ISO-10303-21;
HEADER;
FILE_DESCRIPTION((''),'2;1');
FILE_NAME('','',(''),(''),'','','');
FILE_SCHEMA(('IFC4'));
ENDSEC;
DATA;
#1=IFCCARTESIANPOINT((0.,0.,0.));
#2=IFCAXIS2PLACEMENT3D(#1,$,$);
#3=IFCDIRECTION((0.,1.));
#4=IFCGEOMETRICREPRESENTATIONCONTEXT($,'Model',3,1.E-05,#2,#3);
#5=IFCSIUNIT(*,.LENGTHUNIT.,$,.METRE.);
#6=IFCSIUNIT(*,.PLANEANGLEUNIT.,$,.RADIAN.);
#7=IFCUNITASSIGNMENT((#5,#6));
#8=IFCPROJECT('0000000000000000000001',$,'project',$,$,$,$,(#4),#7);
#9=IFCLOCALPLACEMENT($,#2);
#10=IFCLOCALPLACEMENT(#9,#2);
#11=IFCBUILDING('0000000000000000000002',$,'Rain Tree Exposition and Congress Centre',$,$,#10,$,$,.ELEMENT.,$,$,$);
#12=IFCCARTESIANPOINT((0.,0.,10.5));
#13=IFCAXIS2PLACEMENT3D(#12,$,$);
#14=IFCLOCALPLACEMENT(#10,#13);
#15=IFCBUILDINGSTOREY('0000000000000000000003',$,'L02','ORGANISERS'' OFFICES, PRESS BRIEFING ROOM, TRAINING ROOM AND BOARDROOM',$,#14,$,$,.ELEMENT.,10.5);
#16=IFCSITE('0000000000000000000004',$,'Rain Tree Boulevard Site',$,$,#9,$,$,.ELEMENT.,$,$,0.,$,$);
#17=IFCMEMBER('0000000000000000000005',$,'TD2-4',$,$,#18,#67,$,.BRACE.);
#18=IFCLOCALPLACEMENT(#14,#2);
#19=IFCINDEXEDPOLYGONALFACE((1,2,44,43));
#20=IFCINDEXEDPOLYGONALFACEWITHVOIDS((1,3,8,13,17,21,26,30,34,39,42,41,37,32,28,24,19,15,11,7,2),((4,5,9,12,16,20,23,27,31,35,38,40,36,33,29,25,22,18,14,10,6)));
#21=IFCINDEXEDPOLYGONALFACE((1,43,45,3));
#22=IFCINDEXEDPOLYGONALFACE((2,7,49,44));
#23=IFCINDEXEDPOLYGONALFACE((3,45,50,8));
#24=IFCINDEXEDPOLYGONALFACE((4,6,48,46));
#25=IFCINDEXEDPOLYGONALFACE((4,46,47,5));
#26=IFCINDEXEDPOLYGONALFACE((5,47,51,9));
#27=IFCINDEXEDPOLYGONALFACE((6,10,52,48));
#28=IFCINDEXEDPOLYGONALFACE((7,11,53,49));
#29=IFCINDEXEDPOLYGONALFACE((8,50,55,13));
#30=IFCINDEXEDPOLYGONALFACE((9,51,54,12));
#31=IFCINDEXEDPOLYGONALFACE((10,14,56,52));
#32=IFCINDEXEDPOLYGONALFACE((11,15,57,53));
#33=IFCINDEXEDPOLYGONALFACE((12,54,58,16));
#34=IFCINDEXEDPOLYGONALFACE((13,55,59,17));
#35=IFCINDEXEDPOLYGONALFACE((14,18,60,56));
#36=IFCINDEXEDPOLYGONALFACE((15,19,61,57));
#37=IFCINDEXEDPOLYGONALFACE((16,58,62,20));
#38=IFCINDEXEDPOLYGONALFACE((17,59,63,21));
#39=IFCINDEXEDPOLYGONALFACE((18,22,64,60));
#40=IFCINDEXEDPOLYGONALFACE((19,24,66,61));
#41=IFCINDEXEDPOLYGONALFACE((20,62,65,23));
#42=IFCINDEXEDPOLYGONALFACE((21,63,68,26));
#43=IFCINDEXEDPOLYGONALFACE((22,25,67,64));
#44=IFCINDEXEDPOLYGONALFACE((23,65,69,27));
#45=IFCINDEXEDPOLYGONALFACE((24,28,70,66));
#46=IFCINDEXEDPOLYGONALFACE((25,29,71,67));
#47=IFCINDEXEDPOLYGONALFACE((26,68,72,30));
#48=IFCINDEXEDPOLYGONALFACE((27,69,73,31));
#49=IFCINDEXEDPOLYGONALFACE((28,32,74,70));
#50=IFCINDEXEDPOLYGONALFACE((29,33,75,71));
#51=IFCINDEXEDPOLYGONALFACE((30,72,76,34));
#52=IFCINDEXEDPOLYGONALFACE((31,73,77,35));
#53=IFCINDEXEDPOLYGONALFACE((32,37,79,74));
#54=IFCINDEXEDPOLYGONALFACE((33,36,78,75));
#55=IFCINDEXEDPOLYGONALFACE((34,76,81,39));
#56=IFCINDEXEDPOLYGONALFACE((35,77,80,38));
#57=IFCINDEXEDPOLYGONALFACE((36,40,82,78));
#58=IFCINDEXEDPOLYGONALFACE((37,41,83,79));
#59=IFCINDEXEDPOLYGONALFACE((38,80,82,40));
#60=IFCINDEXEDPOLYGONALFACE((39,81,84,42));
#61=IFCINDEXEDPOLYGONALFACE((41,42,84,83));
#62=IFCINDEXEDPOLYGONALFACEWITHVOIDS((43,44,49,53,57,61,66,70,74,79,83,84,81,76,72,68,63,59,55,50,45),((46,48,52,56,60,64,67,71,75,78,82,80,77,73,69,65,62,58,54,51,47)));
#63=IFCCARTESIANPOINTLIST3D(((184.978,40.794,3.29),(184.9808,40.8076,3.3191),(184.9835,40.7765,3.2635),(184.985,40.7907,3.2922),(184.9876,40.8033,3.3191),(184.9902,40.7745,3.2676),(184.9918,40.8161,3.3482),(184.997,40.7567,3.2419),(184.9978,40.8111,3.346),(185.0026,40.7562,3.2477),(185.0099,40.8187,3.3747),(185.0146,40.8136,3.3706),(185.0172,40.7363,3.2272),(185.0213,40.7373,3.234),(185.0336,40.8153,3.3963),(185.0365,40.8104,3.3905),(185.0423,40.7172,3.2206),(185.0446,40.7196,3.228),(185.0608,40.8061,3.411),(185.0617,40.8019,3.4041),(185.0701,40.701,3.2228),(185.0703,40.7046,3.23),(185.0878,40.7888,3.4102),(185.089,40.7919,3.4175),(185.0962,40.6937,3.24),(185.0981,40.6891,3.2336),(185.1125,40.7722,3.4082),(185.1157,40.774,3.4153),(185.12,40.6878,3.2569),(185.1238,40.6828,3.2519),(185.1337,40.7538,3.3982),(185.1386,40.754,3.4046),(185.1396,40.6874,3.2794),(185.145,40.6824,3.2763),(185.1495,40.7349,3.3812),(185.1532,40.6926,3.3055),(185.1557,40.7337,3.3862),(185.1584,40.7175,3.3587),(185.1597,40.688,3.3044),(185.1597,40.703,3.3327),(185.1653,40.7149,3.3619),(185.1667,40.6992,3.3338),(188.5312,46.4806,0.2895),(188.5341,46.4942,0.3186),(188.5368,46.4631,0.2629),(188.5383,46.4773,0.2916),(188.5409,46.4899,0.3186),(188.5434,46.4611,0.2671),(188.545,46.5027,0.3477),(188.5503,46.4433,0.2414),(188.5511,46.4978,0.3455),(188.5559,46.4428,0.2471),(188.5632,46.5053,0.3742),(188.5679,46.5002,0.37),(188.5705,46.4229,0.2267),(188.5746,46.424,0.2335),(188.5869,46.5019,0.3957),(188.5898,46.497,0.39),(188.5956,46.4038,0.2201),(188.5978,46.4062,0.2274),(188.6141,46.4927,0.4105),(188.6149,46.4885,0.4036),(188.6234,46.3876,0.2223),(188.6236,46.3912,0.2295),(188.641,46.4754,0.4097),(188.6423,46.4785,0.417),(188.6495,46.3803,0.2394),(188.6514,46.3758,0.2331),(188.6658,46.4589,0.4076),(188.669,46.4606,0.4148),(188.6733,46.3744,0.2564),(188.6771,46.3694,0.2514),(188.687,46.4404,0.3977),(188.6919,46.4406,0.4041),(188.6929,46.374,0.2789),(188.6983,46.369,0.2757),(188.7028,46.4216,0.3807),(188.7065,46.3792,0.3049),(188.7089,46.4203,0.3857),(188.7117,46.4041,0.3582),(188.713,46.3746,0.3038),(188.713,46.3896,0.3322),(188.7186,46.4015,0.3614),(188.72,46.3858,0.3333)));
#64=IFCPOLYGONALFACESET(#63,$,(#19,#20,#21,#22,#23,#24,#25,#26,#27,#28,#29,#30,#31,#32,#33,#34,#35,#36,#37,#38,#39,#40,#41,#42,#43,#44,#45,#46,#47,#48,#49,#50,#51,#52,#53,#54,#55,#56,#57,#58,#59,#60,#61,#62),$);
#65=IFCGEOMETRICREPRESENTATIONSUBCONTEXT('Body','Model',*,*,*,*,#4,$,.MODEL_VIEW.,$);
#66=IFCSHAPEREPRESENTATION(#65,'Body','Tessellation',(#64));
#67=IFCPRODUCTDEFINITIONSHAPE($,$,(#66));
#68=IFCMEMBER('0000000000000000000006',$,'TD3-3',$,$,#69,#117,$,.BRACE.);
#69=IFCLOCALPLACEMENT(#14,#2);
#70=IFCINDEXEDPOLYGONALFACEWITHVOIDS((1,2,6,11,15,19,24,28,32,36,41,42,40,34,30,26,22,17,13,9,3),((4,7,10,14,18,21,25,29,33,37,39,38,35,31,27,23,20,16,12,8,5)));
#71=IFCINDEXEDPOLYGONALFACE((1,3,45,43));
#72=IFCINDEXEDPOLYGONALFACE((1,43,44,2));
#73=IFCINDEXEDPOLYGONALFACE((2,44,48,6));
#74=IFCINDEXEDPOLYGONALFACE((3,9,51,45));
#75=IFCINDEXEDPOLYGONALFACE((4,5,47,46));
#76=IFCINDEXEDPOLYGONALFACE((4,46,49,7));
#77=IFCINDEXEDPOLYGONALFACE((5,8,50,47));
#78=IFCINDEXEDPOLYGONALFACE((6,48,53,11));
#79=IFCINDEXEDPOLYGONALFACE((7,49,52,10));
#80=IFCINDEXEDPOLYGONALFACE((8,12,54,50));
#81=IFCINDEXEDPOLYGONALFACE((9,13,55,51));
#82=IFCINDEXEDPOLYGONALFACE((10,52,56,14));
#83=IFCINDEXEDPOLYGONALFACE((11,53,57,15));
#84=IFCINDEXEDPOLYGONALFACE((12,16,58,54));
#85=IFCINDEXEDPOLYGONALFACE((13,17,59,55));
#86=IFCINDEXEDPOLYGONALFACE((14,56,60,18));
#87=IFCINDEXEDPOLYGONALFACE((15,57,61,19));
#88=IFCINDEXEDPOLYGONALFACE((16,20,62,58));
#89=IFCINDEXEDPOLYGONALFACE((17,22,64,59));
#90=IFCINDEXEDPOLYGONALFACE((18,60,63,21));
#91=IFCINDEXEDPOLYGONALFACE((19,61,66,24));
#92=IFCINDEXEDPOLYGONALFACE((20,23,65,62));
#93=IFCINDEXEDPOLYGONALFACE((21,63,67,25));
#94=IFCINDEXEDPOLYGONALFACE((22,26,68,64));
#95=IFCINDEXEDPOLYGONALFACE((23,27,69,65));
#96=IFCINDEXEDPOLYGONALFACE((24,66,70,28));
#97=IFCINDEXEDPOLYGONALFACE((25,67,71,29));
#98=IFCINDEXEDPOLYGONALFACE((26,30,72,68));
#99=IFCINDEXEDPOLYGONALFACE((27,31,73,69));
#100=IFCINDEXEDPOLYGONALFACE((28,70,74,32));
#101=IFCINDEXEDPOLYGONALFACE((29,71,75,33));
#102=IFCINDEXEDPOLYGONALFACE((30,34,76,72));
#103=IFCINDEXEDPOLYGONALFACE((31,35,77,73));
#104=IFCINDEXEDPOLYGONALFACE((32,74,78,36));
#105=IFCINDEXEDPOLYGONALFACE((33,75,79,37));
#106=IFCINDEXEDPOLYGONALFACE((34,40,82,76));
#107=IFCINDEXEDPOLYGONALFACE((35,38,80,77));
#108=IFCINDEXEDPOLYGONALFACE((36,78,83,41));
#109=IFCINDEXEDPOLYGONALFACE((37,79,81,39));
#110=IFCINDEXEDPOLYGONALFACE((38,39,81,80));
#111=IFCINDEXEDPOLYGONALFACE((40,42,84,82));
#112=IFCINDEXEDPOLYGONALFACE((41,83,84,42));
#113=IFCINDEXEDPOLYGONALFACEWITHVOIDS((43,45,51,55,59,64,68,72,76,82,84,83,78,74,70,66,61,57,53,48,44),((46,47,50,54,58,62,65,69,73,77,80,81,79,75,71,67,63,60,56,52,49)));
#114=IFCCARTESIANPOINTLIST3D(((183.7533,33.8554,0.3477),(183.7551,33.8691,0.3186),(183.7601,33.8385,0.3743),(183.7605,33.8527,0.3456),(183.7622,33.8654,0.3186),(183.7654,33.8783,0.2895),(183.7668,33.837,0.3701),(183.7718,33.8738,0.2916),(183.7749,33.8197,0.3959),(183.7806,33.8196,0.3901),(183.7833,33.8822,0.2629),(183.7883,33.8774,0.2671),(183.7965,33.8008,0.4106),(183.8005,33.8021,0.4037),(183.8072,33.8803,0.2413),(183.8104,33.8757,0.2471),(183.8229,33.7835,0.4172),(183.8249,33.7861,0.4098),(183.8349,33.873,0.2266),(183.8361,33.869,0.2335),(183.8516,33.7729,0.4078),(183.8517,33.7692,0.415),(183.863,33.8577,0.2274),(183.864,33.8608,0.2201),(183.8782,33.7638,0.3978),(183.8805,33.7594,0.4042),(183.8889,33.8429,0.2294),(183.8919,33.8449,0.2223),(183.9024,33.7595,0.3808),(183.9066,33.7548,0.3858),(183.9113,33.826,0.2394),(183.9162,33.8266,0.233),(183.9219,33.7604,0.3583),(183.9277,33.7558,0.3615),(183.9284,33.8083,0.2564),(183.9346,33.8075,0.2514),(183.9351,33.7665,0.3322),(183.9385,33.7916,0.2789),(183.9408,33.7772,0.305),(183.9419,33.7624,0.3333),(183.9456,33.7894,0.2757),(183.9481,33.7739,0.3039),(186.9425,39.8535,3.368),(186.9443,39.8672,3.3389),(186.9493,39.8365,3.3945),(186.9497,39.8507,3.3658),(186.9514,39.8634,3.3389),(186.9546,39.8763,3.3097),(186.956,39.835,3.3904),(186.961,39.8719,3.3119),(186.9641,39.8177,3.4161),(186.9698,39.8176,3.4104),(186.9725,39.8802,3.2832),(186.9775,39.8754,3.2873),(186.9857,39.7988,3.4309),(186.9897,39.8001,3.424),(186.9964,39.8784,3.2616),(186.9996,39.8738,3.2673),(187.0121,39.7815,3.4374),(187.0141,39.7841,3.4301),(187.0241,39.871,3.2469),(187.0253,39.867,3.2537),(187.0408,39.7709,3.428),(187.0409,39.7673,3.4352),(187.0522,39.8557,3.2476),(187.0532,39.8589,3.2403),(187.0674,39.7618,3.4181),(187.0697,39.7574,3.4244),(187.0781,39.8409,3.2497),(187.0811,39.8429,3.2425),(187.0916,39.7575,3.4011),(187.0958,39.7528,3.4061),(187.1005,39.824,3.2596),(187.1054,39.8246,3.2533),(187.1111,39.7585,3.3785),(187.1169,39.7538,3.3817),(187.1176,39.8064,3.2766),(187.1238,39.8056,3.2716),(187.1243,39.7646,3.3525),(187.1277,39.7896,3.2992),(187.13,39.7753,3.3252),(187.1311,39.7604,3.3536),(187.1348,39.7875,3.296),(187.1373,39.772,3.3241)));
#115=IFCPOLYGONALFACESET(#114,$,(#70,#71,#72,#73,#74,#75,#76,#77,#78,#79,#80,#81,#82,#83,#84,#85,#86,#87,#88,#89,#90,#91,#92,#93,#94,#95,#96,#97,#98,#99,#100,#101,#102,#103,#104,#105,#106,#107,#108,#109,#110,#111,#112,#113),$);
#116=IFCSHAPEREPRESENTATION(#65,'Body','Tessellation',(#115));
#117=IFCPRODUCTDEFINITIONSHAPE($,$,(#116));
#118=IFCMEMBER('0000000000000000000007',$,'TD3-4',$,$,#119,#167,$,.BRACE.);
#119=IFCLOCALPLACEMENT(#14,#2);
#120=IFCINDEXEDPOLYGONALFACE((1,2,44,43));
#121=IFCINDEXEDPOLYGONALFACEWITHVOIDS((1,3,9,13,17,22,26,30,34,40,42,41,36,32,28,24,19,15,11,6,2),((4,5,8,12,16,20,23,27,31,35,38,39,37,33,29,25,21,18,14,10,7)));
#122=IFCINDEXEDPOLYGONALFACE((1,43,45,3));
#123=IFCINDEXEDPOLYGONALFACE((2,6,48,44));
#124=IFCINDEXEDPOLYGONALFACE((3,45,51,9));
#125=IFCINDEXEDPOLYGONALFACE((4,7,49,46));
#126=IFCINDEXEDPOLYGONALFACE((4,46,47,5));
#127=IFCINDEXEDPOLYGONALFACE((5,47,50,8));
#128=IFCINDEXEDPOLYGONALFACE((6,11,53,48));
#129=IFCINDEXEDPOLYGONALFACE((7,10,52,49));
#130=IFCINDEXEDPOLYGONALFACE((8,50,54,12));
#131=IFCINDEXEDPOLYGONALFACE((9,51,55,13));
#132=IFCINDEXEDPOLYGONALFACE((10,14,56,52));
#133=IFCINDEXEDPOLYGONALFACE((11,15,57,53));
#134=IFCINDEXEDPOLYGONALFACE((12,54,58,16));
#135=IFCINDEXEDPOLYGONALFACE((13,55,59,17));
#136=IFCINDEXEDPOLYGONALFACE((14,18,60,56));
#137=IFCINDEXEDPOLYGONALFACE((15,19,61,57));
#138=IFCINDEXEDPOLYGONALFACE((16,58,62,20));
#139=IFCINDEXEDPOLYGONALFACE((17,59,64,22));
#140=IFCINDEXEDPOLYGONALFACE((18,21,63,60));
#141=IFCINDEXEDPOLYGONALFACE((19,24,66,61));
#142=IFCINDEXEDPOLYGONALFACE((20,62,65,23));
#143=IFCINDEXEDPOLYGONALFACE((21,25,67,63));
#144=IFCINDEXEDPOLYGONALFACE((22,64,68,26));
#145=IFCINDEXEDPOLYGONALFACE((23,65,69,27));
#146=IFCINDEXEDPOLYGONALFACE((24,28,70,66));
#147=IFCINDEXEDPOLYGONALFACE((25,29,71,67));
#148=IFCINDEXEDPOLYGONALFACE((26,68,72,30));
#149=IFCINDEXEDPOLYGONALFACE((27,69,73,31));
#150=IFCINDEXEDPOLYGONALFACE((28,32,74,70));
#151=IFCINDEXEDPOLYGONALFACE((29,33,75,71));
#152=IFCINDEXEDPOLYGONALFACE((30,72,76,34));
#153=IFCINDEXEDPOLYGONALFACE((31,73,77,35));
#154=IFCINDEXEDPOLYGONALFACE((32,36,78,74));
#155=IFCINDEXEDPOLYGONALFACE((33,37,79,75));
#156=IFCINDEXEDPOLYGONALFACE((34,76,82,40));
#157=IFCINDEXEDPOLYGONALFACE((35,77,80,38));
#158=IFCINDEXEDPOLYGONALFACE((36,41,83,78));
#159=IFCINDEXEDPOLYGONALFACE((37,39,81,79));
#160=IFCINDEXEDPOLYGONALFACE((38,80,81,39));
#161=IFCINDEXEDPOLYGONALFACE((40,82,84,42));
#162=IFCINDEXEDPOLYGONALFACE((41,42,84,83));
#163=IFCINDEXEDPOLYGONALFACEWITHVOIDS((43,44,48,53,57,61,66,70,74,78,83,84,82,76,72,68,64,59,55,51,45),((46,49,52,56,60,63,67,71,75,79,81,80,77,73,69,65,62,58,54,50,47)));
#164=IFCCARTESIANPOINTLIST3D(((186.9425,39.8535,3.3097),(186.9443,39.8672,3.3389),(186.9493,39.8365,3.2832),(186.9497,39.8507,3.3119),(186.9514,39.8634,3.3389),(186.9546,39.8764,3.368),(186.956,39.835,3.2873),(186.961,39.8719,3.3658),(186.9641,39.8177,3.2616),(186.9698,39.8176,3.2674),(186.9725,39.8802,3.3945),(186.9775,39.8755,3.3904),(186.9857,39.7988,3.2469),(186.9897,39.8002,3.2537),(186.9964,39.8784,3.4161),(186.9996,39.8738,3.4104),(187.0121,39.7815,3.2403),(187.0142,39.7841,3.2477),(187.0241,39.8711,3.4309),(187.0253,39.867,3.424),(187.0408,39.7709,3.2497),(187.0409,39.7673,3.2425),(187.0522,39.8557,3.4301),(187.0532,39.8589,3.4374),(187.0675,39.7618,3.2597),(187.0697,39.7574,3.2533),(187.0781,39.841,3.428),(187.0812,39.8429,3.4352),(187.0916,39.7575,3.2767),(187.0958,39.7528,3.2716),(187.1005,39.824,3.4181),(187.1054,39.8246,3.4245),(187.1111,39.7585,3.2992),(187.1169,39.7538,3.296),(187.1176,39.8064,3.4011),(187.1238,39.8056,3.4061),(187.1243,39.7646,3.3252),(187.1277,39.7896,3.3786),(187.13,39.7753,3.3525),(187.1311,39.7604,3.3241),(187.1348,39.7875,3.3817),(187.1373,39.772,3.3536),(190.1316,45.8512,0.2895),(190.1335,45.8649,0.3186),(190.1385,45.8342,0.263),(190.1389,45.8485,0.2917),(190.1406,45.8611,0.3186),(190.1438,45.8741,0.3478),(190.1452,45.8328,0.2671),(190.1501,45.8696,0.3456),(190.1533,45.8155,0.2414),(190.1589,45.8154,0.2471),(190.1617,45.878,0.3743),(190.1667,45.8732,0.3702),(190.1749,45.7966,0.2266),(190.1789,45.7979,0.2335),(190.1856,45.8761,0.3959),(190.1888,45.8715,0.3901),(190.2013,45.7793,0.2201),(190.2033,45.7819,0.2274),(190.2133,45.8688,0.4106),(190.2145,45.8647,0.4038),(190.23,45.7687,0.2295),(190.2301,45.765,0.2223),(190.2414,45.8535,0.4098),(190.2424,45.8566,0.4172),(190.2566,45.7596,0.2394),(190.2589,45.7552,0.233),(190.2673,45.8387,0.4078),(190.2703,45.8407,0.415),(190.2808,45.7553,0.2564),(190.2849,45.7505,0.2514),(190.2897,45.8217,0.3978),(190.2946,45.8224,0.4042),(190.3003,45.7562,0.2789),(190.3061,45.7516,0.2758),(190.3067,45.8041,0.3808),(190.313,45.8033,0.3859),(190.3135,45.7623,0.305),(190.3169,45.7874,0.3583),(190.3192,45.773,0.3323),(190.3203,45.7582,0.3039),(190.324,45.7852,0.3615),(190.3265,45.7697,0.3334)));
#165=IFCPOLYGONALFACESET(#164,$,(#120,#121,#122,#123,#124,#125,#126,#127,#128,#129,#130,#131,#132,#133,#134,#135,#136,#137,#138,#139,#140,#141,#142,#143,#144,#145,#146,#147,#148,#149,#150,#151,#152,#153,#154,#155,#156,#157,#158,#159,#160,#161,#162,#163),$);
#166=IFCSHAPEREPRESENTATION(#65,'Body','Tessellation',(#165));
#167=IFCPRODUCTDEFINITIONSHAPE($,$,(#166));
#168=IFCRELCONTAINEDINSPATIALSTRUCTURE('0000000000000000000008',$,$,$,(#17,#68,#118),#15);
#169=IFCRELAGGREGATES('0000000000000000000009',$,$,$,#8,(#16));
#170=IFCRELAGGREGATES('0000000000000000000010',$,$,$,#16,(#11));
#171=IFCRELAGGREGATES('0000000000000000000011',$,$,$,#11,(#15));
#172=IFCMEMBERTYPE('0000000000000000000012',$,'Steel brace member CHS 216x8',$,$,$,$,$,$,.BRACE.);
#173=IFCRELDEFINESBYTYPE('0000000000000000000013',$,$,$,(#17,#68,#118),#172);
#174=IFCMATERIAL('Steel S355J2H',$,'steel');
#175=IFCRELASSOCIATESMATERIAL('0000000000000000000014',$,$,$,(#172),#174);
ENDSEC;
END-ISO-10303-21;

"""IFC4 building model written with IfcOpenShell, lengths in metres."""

from ifc_helpers import new_model, si_unit, direction, frame, origin, origin_2d, place, context, subcontext, project, spatial, hollow_circle, extrude, material, material_profile, profile_set, type_object, element, save


model = new_model("IFC4")

# Units and contexts
model_context = context("Model", 3, precision=1e-05, world=origin(), true_north=direction((0.0, 1.0)))
body_context = subcontext(model_context, "Body", "Model", "MODEL_VIEW")
ifc_project = project(units=[si_unit("LENGTHUNIT", "METRE"), si_unit("PLANEANGLEUNIT", "RADIAN")], contexts=[model_context])

# Site, building, storey
site_placement = place(None, origin())
site = spatial("IfcSite", under=ifc_project, at=site_placement, Name="Rain Tree Boulevard Site", CompositionType="ELEMENT", RefElevation=0.0)
building_placement = place(site_placement, origin())
building = spatial("IfcBuilding", under=site, at=building_placement, Name="Rain Tree Exposition and Congress Centre", CompositionType="ELEMENT")
storey_placement = place(building_placement, frame((0.0, 0.0, 10.5)))
storey = spatial("IfcBuildingStorey", under=building, at=storey_placement, Name="L02", Description="ORGANISERS' OFFICES, PRESS BRIEFING ROOM, TRAINING ROOM AND BOARDROOM", CompositionType="ELEMENT", Elevation=10.5)

# Members
ifc_material_1 = material(Name="Steel S355J2H", Category="steel")
ifc_material_profile_1 = material_profile(ifc_material_1, hollow_circle(Radius=0.1082, WallThickness=0.0081, at=origin_2d()), Name="CHS 216x8")
ifc_profile_set_1 = profile_set([ifc_material_profile_1], Name="Steel S355J2H")
member_type_1 = type_object("IfcMemberType", Name="Steel brace member CHS 216x8", PredefinedType="BRACE", material=ifc_profile_set_1)
member_1_placement = place(storey_placement, frame((185.0725, 40.7502, 3.3191), z_axis=(0.48369, 0.77409, -0.408448), x_axis=(-0.848056, 0.529907, 0.0)))
element("IfcMember", 1, at=member_1_placement, inside=storey, type_object=member_type_1, Name="TD2-4", PredefinedType="BRACE", context=body_context, shape_type="SweptSolid", body=[
    extrude(hollow_circle(Radius=0.1082, WallThickness=0.0081, at=origin_2d()), origin(), (0.0, 0.0, 1.0), 7.3462),
])
member_2_placement = place(storey_placement, frame((183.8506, 33.8184, 0.3186), z_axis=(0.428983, 0.806801, 0.406258), x_axis=(-0.882948, 0.469471, 0.0)))
element("IfcMember", 2, at=member_2_placement, inside=storey, type_object=member_type_1, Name="TD3-3", PredefinedType="BRACE", context=body_context, shape_type="SweptSolid", body=[
    extrude(hollow_circle(Radius=0.1082, WallThickness=0.0081, at=origin_2d()), origin(), (0.0, 0.0, 1.0), 7.4343),
])
member_3_placement = place(storey_placement, frame((187.0398, 39.8164, 3.3389), z_axis=(0.428994, 0.80679, -0.406269), x_axis=(-0.88294, 0.469485, 0.0)))
element("IfcMember", 3, at=member_3_placement, inside=storey, type_object=member_type_1, Name="TD3-4", PredefinedType="BRACE", context=body_context, shape_type="SweptSolid", body=[
    extrude(hollow_circle(Radius=0.1082, WallThickness=0.0081, at=origin_2d()), origin(), (0.0, 0.0, 1.0), 7.4341),
])

save(model, "model.ifc")
